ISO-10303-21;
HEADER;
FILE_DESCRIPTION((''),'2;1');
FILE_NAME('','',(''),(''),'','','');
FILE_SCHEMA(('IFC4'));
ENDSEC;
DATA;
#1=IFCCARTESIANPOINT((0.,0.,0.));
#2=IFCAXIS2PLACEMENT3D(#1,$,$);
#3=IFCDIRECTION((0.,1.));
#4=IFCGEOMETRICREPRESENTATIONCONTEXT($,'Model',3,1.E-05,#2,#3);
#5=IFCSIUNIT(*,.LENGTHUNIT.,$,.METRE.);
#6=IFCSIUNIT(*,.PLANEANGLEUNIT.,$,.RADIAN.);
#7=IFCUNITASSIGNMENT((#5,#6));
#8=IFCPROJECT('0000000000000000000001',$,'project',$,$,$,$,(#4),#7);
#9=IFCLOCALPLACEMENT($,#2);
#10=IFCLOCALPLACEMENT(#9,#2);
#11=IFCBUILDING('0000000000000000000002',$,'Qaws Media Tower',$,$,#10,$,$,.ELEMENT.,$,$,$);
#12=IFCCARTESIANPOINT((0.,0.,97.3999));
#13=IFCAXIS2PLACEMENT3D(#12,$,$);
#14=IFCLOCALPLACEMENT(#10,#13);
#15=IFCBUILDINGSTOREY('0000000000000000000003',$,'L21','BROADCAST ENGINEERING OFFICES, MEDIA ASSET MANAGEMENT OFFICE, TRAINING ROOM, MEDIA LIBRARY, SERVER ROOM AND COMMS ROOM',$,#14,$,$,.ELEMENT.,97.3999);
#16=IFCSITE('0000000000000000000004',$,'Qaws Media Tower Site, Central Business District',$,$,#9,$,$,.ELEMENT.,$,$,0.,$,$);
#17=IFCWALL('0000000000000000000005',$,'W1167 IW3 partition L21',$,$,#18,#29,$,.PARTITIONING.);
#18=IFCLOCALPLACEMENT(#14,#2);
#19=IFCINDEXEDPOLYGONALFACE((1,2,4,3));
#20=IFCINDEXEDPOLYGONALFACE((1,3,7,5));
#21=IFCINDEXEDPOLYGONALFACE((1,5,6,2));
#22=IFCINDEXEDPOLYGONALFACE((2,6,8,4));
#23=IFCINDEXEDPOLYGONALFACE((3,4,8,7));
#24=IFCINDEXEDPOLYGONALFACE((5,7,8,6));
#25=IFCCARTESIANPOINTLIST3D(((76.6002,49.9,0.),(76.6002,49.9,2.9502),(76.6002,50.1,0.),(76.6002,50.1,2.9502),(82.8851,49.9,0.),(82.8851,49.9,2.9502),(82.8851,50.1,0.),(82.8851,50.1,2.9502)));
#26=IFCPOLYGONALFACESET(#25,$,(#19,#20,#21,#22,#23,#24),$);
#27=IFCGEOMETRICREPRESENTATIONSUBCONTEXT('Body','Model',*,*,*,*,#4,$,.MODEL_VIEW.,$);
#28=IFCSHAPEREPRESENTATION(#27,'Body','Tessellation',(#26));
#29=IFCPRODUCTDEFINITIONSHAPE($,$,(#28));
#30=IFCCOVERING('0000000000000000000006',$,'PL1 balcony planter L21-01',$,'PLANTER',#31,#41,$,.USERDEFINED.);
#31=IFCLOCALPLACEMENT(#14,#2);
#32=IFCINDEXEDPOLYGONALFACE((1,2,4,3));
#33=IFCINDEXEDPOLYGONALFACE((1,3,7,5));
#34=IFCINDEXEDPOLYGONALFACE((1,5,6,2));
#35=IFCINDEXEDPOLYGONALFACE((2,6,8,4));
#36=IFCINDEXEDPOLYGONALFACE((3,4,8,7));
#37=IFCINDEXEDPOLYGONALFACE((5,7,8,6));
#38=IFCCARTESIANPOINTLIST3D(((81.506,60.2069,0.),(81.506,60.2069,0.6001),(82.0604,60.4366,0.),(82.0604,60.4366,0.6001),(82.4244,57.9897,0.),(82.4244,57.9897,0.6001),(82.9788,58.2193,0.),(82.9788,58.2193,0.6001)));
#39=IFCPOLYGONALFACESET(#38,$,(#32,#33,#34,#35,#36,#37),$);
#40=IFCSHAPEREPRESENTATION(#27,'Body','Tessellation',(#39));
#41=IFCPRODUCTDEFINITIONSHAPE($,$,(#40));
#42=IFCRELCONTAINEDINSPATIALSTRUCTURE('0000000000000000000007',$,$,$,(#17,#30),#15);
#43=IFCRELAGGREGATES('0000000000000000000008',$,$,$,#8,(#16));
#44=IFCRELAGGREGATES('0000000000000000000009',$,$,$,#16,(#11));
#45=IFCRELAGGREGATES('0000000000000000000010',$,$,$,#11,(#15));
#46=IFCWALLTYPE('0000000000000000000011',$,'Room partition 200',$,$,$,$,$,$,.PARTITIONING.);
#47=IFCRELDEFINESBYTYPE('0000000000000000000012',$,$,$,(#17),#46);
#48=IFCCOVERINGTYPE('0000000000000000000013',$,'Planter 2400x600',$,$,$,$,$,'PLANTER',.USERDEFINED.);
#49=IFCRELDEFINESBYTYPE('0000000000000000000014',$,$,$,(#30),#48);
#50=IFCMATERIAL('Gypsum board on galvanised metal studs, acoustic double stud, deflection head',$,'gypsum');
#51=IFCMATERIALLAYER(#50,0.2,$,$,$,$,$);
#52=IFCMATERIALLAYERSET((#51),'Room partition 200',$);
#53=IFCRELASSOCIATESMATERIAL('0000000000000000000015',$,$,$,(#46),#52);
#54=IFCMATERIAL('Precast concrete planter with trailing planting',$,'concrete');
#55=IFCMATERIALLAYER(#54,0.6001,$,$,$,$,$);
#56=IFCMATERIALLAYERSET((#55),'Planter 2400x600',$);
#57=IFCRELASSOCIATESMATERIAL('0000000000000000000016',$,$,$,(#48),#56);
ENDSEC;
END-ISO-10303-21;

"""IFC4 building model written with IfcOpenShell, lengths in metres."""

from ifc_helpers import new_model, si_unit, direction, frame, frame_2d, origin, origin_2d, place, context, subcontext, project, spatial, rectangle, extrude, material, layer, layer_set, type_object, element, save


model = new_model("IFC4")

# Units and contexts
model_context = context("Model", 3, precision=1e-05, world=origin(), true_north=direction((0.0, 1.0)))
body_context = subcontext(model_context, "Body", "Model", "MODEL_VIEW")
ifc_project = project(units=[si_unit("LENGTHUNIT", "METRE"), si_unit("PLANEANGLEUNIT", "RADIAN")], contexts=[model_context])

# Site, building, storey
site_placement = place(None, origin())
site = spatial("IfcSite", under=ifc_project, at=site_placement, Name="Qaws Media Tower Site, Central Business District", CompositionType="ELEMENT", RefElevation=0.0)
building_placement = place(site_placement, origin())
building = spatial("IfcBuilding", under=site, at=building_placement, Name="Qaws Media Tower", CompositionType="ELEMENT")
storey_placement = place(building_placement, frame((0.0, 0.0, 97.3999)))
storey = spatial("IfcBuildingStorey", under=building, at=storey_placement, Name="L21", Description="BROADCAST ENGINEERING OFFICES, MEDIA ASSET MANAGEMENT OFFICE, TRAINING ROOM, MEDIA LIBRARY, SERVER ROOM AND COMMS ROOM", CompositionType="ELEMENT", Elevation=97.3999)

# Wall
ifc_material_1 = material(Name="Gypsum board on galvanised metal studs, acoustic double stud, deflection head", Category="gypsum")
ifc_layer_1 = layer(ifc_material_1, 0.2)
ifc_layer_set_1 = layer_set([ifc_layer_1], Name="Room partition 200")
wall_type_1 = type_object("IfcWallType", Name="Room partition 200", PredefinedType="PARTITIONING", material=ifc_layer_set_1)
wall_1_placement = place(storey_placement, frame((76.6001, 50.0, 0.0), z_axis=(0.0, 0.0, 1.0), x_axis=(1.0, 0.0, 0.0)))
element("IfcWall", 1, at=wall_1_placement, inside=storey, type_object=wall_type_1, Name="W1167 IW3 partition L21", PredefinedType="PARTITIONING", context=body_context, shape_type="SweptSolid", body=[
    extrude(rectangle(XDim=6.2849, YDim=0.2, at=frame_2d((3.1426, 0.0))), origin(), (0.0, 0.0, 1.0), 2.9502),
])

# Covering
ifc_material_2 = material(Name="Precast concrete planter with trailing planting", Category="concrete")
ifc_layer_2 = layer(ifc_material_2, 0.6001)
ifc_layer_set_2 = layer_set([ifc_layer_2], Name="Planter 2400x600")
covering_type = type_object("IfcCoveringType", Name="Planter 2400x600", ElementType="PLANTER", PredefinedType="USERDEFINED", material=ifc_layer_set_2)
covering_placement = place(storey_placement, frame((82.2424, 59.2131, 0.0), z_axis=(0.0, 0.0, 1.0), x_axis=(-0.382683, 0.92388, 0.0)))
element("IfcCovering", 2, at=covering_placement, inside=storey, type_object=covering_type, Name="PL1 balcony planter L21-01", ObjectType="PLANTER", PredefinedType="USERDEFINED", context=body_context, shape_type="SweptSolid", body=[
    extrude(rectangle(XDim=2.3999, YDim=0.6001, at=origin_2d()), origin(), (0.0, 0.0, 1.0), 0.6001),
])

save(model, "model.ifc")
